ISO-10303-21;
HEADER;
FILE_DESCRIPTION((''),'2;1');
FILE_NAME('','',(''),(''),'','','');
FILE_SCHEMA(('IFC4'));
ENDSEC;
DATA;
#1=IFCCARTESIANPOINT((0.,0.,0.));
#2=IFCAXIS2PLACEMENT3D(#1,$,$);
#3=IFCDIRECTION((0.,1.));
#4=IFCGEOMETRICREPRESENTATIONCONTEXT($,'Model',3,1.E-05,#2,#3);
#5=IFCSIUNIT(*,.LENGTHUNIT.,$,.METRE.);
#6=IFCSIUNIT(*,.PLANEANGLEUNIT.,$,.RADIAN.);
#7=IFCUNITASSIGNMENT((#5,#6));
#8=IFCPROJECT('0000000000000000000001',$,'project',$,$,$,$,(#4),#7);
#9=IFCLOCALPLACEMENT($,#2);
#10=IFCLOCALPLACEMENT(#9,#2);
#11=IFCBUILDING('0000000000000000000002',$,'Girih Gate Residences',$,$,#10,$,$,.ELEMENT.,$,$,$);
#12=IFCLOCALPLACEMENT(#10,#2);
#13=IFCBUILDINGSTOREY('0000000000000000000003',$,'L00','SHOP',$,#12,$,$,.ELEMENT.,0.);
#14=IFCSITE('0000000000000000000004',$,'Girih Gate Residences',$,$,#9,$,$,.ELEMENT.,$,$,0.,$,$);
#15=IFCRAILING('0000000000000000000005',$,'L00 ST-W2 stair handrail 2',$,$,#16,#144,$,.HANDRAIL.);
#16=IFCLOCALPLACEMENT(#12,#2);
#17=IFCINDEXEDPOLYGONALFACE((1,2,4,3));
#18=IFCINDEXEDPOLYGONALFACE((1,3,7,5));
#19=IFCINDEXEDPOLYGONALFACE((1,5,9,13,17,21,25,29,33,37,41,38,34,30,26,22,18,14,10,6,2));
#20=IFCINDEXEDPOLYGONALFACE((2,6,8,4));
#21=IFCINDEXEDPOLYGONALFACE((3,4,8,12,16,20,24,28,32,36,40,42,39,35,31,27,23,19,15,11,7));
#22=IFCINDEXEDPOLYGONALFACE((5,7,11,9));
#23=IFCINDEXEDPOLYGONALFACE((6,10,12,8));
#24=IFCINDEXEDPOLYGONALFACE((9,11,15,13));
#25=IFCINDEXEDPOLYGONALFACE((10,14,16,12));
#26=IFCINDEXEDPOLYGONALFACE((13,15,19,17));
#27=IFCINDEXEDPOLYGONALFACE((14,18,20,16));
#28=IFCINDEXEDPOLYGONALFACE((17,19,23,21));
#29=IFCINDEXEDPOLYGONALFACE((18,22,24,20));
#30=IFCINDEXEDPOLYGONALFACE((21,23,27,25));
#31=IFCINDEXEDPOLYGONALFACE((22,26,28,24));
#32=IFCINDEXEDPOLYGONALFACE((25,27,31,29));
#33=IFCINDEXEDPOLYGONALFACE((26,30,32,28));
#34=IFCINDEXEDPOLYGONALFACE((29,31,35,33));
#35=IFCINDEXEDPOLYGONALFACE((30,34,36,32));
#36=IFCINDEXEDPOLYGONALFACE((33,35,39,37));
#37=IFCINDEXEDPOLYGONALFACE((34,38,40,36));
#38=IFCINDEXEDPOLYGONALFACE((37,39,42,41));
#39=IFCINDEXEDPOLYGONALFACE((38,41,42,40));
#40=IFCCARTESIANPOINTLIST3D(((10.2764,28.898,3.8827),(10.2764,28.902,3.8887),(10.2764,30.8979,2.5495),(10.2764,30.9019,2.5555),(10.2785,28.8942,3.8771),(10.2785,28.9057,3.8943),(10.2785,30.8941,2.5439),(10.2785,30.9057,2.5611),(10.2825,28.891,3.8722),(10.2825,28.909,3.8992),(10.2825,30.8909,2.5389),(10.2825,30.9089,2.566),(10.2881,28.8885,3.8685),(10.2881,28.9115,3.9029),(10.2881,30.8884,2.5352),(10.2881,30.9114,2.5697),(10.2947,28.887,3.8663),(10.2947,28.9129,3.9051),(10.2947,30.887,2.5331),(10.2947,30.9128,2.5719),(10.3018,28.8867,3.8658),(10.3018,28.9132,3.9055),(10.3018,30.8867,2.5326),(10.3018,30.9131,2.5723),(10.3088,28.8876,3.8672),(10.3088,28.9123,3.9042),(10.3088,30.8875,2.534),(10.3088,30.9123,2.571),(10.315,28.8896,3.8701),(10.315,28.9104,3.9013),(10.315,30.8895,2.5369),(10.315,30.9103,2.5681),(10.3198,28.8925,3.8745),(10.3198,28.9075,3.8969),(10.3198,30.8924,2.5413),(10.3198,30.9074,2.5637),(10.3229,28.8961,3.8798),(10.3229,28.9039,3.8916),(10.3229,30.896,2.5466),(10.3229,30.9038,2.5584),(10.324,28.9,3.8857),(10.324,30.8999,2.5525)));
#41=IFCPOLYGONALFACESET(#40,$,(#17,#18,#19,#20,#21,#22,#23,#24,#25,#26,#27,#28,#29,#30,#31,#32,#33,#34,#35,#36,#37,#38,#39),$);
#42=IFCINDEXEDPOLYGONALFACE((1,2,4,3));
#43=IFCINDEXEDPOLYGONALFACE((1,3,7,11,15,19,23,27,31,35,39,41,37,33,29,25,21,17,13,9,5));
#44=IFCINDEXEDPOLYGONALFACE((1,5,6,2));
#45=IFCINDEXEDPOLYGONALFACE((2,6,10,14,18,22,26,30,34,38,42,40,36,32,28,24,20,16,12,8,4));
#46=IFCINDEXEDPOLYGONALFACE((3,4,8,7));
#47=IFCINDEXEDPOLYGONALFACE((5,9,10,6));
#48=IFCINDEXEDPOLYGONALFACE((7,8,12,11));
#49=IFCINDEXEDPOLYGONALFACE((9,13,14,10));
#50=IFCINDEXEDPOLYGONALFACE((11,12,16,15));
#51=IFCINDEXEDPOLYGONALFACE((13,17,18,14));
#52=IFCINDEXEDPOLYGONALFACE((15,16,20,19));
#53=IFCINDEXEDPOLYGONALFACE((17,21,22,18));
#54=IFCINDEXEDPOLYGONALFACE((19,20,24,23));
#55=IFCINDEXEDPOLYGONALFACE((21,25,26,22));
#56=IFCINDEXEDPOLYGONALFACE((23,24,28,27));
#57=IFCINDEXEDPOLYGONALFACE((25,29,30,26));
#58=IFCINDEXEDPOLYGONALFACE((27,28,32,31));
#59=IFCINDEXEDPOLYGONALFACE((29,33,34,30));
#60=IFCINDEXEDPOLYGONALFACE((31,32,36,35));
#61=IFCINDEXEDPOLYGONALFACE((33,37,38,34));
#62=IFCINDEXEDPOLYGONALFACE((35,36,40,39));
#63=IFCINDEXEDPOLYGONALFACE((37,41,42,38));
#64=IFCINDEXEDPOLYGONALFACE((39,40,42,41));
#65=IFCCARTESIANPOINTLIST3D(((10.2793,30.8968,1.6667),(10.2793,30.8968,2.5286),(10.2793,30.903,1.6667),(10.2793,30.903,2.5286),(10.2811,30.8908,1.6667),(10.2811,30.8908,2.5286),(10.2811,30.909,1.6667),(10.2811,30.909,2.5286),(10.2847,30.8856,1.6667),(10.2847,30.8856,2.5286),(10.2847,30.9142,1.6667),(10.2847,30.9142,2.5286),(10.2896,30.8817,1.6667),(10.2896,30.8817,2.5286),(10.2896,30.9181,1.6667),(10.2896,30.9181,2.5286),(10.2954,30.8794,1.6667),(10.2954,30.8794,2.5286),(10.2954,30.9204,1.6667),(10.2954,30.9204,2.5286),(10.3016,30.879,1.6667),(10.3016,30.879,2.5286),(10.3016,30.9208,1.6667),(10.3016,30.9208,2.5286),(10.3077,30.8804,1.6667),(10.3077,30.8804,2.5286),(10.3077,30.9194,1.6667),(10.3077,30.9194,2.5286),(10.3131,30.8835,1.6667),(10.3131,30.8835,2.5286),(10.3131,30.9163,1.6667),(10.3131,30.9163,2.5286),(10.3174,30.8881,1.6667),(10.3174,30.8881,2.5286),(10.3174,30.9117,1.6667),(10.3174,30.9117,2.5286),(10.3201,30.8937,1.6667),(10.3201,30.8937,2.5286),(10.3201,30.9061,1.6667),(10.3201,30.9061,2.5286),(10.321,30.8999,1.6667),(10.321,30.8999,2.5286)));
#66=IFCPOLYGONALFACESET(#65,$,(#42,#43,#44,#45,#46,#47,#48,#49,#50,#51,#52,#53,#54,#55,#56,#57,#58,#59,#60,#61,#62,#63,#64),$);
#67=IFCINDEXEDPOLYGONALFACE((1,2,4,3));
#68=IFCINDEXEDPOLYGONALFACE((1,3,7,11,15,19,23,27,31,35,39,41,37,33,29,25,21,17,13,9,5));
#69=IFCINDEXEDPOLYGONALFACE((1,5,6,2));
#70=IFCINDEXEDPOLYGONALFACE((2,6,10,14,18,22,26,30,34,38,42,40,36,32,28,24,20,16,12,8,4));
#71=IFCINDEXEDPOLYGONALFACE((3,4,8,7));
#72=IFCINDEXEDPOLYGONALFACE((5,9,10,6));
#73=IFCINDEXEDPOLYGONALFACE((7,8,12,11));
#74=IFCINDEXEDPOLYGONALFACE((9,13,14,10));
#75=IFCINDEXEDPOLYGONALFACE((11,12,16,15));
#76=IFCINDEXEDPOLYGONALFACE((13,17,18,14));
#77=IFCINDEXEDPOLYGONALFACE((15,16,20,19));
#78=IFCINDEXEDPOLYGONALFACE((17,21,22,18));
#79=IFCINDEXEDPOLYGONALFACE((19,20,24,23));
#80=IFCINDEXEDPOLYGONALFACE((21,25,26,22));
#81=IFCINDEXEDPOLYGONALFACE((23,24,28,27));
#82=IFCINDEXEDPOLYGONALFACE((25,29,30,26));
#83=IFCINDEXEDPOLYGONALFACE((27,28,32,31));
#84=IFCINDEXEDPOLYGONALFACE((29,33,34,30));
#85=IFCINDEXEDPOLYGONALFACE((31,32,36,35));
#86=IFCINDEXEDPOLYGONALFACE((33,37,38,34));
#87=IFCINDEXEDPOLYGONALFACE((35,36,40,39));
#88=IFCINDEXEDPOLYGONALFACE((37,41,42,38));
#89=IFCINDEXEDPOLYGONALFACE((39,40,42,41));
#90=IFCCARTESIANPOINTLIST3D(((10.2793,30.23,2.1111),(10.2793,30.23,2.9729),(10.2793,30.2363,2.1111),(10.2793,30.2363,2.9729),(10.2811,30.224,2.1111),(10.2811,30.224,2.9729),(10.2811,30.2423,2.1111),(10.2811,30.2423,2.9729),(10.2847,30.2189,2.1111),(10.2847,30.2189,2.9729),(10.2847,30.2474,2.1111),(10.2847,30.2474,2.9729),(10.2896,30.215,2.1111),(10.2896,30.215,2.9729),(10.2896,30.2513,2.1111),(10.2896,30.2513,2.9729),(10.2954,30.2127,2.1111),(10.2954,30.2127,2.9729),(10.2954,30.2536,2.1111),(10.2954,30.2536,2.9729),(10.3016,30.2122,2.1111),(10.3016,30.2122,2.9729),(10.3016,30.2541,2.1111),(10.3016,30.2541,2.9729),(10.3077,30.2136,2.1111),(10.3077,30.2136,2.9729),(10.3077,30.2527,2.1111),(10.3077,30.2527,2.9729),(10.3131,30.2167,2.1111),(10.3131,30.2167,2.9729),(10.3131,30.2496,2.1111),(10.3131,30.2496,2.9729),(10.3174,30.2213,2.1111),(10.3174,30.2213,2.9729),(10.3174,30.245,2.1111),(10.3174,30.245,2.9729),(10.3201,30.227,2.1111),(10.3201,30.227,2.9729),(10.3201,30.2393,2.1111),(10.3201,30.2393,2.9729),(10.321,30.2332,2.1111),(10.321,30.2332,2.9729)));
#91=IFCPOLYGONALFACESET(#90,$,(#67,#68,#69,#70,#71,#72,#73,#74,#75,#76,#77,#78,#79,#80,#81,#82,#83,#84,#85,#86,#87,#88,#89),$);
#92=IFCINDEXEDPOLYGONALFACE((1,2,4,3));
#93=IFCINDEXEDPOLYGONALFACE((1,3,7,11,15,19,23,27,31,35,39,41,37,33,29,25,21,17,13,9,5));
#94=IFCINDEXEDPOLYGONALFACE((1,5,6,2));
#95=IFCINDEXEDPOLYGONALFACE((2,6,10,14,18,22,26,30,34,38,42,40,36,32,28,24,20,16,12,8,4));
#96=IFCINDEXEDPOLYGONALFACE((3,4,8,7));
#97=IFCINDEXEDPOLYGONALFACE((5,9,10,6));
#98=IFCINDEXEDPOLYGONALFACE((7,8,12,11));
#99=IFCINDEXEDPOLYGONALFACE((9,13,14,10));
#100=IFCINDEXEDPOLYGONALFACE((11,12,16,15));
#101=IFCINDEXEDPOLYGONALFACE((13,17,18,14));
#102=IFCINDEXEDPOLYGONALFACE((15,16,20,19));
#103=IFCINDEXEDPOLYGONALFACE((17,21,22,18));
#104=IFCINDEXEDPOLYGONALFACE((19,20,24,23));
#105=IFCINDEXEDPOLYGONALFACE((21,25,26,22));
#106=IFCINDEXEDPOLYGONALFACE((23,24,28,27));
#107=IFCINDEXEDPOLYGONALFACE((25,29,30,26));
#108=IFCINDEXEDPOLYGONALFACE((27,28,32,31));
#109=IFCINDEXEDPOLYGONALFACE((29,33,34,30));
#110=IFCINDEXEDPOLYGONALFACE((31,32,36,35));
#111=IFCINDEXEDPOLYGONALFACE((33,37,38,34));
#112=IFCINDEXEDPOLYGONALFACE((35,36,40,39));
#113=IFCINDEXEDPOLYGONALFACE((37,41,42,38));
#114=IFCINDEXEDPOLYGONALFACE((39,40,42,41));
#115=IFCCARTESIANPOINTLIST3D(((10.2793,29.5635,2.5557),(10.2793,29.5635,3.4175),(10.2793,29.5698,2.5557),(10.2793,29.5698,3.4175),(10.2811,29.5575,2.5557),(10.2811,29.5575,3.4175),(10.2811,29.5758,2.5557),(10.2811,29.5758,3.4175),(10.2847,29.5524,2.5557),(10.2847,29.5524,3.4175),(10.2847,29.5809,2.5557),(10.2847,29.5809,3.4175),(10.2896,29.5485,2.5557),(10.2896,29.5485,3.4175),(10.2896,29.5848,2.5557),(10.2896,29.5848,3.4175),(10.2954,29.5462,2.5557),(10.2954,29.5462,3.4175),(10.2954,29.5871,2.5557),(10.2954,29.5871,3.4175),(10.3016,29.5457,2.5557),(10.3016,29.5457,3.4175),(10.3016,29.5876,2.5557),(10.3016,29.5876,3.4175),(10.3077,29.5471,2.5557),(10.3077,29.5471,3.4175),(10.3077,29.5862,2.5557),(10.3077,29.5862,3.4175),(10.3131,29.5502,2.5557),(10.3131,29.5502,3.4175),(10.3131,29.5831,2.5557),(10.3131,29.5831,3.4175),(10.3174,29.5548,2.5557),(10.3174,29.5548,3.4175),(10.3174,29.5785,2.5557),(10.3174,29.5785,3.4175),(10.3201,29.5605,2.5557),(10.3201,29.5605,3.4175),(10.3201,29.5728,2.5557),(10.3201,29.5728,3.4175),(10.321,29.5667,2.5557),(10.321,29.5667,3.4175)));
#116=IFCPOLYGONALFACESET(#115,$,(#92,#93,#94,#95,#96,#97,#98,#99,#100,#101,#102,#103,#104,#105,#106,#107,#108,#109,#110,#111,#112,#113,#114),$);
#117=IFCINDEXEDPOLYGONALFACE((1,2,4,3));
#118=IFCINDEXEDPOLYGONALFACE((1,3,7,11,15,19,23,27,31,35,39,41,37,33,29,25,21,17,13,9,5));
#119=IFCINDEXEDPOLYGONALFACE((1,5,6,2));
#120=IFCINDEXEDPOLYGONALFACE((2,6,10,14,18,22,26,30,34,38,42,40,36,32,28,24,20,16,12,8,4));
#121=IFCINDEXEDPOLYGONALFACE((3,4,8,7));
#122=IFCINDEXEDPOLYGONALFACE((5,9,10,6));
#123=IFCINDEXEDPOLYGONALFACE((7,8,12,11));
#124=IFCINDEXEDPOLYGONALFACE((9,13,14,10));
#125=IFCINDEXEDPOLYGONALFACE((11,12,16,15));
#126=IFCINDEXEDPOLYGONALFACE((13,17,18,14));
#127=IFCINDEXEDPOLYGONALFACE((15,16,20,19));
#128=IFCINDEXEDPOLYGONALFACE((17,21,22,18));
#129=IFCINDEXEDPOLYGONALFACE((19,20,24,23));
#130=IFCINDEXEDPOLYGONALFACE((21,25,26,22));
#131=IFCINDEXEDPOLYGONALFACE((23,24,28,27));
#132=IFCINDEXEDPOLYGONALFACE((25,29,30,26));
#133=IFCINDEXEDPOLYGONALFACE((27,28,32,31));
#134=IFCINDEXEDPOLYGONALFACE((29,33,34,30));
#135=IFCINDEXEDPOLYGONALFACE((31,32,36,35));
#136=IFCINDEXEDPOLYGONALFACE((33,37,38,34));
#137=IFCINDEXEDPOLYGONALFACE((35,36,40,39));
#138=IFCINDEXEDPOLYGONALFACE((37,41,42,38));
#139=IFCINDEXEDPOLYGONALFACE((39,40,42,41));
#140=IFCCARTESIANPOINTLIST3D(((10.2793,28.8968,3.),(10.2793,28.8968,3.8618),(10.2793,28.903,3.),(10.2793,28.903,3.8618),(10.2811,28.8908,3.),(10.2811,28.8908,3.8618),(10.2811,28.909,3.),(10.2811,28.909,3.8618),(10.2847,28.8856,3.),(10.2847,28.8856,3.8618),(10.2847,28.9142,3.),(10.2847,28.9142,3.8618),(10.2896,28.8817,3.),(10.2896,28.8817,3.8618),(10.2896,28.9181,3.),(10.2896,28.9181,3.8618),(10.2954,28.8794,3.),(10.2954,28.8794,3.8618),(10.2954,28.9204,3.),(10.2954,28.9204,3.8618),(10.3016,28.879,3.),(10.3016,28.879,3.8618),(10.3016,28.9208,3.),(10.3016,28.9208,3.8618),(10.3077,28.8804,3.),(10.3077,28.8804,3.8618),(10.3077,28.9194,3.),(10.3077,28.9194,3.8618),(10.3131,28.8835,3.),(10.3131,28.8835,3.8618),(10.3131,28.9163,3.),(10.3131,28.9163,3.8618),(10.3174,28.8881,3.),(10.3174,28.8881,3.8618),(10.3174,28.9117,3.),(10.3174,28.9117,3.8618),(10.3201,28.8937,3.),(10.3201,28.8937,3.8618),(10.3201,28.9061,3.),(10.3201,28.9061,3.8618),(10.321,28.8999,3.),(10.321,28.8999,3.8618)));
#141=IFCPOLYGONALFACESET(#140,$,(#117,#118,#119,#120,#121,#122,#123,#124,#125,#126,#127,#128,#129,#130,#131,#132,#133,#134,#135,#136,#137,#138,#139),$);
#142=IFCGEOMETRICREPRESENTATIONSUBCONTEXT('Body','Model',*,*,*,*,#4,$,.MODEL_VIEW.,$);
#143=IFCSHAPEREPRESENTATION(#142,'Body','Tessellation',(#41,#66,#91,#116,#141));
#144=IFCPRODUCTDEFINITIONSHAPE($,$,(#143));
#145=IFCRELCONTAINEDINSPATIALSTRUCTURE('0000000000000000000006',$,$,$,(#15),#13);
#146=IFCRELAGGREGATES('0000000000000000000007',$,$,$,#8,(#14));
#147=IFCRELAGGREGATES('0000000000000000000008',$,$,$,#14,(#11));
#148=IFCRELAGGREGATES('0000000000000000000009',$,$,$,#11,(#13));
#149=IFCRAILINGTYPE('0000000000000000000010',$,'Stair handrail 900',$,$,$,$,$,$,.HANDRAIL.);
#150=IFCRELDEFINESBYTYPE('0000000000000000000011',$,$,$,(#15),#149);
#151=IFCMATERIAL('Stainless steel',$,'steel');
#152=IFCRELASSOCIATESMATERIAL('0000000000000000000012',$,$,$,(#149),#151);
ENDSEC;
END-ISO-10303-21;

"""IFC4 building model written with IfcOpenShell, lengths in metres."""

from ifc_helpers import new_model, si_unit, direction, frame, origin, origin_2d, place, context, subcontext, project, spatial, circle, extrude, material, type_object, element, save


model = new_model("IFC4")

# Units and contexts
model_context = context("Model", 3, precision=1e-05, world=origin(), true_north=direction((0.0, 1.0)))
body_context = subcontext(model_context, "Body", "Model", "MODEL_VIEW")
ifc_project = project(units=[si_unit("LENGTHUNIT", "METRE"), si_unit("PLANEANGLEUNIT", "RADIAN")], contexts=[model_context])

# Site, building, storey
site_placement = place(None, origin())
site = spatial("IfcSite", under=ifc_project, at=site_placement, Name="Girih Gate Residences", CompositionType="ELEMENT", RefElevation=0.0)
building_placement = place(site_placement, origin())
building = spatial("IfcBuilding", under=site, at=building_placement, Name="Girih Gate Residences", CompositionType="ELEMENT")
storey_placement = place(building_placement, origin())
storey = spatial("IfcBuildingStorey", under=building, at=storey_placement, Name="L00", Description="SHOP", CompositionType="ELEMENT", Elevation=0.0)

# Railing
ifc_material_1 = material(Name="Stainless steel", Category="steel")
railing_type_1 = type_object("IfcRailingType", Name="Stair handrail 900", PredefinedType="HANDRAIL", material=ifc_material_1)
railing_1_placement = place(storey_placement, frame((10.3, 30.8999, 1.6667)))
element("IfcRailing", 1, at=railing_1_placement, inside=storey, type_object=railing_type_1, Name="L00 ST-W2 stair handrail 2", PredefinedType="HANDRAIL", context=body_context, shape_type="SweptSolid", body=[
    extrude(circle(Radius=0.0239, at=origin_2d()), frame((0.0, 0.0, 0.8857), z_axis=(0.0, -0.832066, 0.554677), x_axis=(1.0, 0.0, 0.0)), (0.0, 0.0, 1.0), 2.4036),
    extrude(circle(Radius=0.021, at=origin_2d()), origin(), (0.0, 0.0, 1.0), 0.8618),
    extrude(circle(Radius=0.021, at=origin_2d()), frame((0.0, -0.6667, 0.4443)), (0.0, 0.0, 1.0), 0.8618),
    extrude(circle(Radius=0.021, at=origin_2d()), frame((0.0, -1.3333, 0.8889)), (0.0, 0.0, 1.0), 0.8618),
    extrude(circle(Radius=0.021, at=origin_2d()), frame((0.0, -2.0, 1.3333)), (0.0, 0.0, 1.0), 0.8618),
])

save(model, "model.ifc")
